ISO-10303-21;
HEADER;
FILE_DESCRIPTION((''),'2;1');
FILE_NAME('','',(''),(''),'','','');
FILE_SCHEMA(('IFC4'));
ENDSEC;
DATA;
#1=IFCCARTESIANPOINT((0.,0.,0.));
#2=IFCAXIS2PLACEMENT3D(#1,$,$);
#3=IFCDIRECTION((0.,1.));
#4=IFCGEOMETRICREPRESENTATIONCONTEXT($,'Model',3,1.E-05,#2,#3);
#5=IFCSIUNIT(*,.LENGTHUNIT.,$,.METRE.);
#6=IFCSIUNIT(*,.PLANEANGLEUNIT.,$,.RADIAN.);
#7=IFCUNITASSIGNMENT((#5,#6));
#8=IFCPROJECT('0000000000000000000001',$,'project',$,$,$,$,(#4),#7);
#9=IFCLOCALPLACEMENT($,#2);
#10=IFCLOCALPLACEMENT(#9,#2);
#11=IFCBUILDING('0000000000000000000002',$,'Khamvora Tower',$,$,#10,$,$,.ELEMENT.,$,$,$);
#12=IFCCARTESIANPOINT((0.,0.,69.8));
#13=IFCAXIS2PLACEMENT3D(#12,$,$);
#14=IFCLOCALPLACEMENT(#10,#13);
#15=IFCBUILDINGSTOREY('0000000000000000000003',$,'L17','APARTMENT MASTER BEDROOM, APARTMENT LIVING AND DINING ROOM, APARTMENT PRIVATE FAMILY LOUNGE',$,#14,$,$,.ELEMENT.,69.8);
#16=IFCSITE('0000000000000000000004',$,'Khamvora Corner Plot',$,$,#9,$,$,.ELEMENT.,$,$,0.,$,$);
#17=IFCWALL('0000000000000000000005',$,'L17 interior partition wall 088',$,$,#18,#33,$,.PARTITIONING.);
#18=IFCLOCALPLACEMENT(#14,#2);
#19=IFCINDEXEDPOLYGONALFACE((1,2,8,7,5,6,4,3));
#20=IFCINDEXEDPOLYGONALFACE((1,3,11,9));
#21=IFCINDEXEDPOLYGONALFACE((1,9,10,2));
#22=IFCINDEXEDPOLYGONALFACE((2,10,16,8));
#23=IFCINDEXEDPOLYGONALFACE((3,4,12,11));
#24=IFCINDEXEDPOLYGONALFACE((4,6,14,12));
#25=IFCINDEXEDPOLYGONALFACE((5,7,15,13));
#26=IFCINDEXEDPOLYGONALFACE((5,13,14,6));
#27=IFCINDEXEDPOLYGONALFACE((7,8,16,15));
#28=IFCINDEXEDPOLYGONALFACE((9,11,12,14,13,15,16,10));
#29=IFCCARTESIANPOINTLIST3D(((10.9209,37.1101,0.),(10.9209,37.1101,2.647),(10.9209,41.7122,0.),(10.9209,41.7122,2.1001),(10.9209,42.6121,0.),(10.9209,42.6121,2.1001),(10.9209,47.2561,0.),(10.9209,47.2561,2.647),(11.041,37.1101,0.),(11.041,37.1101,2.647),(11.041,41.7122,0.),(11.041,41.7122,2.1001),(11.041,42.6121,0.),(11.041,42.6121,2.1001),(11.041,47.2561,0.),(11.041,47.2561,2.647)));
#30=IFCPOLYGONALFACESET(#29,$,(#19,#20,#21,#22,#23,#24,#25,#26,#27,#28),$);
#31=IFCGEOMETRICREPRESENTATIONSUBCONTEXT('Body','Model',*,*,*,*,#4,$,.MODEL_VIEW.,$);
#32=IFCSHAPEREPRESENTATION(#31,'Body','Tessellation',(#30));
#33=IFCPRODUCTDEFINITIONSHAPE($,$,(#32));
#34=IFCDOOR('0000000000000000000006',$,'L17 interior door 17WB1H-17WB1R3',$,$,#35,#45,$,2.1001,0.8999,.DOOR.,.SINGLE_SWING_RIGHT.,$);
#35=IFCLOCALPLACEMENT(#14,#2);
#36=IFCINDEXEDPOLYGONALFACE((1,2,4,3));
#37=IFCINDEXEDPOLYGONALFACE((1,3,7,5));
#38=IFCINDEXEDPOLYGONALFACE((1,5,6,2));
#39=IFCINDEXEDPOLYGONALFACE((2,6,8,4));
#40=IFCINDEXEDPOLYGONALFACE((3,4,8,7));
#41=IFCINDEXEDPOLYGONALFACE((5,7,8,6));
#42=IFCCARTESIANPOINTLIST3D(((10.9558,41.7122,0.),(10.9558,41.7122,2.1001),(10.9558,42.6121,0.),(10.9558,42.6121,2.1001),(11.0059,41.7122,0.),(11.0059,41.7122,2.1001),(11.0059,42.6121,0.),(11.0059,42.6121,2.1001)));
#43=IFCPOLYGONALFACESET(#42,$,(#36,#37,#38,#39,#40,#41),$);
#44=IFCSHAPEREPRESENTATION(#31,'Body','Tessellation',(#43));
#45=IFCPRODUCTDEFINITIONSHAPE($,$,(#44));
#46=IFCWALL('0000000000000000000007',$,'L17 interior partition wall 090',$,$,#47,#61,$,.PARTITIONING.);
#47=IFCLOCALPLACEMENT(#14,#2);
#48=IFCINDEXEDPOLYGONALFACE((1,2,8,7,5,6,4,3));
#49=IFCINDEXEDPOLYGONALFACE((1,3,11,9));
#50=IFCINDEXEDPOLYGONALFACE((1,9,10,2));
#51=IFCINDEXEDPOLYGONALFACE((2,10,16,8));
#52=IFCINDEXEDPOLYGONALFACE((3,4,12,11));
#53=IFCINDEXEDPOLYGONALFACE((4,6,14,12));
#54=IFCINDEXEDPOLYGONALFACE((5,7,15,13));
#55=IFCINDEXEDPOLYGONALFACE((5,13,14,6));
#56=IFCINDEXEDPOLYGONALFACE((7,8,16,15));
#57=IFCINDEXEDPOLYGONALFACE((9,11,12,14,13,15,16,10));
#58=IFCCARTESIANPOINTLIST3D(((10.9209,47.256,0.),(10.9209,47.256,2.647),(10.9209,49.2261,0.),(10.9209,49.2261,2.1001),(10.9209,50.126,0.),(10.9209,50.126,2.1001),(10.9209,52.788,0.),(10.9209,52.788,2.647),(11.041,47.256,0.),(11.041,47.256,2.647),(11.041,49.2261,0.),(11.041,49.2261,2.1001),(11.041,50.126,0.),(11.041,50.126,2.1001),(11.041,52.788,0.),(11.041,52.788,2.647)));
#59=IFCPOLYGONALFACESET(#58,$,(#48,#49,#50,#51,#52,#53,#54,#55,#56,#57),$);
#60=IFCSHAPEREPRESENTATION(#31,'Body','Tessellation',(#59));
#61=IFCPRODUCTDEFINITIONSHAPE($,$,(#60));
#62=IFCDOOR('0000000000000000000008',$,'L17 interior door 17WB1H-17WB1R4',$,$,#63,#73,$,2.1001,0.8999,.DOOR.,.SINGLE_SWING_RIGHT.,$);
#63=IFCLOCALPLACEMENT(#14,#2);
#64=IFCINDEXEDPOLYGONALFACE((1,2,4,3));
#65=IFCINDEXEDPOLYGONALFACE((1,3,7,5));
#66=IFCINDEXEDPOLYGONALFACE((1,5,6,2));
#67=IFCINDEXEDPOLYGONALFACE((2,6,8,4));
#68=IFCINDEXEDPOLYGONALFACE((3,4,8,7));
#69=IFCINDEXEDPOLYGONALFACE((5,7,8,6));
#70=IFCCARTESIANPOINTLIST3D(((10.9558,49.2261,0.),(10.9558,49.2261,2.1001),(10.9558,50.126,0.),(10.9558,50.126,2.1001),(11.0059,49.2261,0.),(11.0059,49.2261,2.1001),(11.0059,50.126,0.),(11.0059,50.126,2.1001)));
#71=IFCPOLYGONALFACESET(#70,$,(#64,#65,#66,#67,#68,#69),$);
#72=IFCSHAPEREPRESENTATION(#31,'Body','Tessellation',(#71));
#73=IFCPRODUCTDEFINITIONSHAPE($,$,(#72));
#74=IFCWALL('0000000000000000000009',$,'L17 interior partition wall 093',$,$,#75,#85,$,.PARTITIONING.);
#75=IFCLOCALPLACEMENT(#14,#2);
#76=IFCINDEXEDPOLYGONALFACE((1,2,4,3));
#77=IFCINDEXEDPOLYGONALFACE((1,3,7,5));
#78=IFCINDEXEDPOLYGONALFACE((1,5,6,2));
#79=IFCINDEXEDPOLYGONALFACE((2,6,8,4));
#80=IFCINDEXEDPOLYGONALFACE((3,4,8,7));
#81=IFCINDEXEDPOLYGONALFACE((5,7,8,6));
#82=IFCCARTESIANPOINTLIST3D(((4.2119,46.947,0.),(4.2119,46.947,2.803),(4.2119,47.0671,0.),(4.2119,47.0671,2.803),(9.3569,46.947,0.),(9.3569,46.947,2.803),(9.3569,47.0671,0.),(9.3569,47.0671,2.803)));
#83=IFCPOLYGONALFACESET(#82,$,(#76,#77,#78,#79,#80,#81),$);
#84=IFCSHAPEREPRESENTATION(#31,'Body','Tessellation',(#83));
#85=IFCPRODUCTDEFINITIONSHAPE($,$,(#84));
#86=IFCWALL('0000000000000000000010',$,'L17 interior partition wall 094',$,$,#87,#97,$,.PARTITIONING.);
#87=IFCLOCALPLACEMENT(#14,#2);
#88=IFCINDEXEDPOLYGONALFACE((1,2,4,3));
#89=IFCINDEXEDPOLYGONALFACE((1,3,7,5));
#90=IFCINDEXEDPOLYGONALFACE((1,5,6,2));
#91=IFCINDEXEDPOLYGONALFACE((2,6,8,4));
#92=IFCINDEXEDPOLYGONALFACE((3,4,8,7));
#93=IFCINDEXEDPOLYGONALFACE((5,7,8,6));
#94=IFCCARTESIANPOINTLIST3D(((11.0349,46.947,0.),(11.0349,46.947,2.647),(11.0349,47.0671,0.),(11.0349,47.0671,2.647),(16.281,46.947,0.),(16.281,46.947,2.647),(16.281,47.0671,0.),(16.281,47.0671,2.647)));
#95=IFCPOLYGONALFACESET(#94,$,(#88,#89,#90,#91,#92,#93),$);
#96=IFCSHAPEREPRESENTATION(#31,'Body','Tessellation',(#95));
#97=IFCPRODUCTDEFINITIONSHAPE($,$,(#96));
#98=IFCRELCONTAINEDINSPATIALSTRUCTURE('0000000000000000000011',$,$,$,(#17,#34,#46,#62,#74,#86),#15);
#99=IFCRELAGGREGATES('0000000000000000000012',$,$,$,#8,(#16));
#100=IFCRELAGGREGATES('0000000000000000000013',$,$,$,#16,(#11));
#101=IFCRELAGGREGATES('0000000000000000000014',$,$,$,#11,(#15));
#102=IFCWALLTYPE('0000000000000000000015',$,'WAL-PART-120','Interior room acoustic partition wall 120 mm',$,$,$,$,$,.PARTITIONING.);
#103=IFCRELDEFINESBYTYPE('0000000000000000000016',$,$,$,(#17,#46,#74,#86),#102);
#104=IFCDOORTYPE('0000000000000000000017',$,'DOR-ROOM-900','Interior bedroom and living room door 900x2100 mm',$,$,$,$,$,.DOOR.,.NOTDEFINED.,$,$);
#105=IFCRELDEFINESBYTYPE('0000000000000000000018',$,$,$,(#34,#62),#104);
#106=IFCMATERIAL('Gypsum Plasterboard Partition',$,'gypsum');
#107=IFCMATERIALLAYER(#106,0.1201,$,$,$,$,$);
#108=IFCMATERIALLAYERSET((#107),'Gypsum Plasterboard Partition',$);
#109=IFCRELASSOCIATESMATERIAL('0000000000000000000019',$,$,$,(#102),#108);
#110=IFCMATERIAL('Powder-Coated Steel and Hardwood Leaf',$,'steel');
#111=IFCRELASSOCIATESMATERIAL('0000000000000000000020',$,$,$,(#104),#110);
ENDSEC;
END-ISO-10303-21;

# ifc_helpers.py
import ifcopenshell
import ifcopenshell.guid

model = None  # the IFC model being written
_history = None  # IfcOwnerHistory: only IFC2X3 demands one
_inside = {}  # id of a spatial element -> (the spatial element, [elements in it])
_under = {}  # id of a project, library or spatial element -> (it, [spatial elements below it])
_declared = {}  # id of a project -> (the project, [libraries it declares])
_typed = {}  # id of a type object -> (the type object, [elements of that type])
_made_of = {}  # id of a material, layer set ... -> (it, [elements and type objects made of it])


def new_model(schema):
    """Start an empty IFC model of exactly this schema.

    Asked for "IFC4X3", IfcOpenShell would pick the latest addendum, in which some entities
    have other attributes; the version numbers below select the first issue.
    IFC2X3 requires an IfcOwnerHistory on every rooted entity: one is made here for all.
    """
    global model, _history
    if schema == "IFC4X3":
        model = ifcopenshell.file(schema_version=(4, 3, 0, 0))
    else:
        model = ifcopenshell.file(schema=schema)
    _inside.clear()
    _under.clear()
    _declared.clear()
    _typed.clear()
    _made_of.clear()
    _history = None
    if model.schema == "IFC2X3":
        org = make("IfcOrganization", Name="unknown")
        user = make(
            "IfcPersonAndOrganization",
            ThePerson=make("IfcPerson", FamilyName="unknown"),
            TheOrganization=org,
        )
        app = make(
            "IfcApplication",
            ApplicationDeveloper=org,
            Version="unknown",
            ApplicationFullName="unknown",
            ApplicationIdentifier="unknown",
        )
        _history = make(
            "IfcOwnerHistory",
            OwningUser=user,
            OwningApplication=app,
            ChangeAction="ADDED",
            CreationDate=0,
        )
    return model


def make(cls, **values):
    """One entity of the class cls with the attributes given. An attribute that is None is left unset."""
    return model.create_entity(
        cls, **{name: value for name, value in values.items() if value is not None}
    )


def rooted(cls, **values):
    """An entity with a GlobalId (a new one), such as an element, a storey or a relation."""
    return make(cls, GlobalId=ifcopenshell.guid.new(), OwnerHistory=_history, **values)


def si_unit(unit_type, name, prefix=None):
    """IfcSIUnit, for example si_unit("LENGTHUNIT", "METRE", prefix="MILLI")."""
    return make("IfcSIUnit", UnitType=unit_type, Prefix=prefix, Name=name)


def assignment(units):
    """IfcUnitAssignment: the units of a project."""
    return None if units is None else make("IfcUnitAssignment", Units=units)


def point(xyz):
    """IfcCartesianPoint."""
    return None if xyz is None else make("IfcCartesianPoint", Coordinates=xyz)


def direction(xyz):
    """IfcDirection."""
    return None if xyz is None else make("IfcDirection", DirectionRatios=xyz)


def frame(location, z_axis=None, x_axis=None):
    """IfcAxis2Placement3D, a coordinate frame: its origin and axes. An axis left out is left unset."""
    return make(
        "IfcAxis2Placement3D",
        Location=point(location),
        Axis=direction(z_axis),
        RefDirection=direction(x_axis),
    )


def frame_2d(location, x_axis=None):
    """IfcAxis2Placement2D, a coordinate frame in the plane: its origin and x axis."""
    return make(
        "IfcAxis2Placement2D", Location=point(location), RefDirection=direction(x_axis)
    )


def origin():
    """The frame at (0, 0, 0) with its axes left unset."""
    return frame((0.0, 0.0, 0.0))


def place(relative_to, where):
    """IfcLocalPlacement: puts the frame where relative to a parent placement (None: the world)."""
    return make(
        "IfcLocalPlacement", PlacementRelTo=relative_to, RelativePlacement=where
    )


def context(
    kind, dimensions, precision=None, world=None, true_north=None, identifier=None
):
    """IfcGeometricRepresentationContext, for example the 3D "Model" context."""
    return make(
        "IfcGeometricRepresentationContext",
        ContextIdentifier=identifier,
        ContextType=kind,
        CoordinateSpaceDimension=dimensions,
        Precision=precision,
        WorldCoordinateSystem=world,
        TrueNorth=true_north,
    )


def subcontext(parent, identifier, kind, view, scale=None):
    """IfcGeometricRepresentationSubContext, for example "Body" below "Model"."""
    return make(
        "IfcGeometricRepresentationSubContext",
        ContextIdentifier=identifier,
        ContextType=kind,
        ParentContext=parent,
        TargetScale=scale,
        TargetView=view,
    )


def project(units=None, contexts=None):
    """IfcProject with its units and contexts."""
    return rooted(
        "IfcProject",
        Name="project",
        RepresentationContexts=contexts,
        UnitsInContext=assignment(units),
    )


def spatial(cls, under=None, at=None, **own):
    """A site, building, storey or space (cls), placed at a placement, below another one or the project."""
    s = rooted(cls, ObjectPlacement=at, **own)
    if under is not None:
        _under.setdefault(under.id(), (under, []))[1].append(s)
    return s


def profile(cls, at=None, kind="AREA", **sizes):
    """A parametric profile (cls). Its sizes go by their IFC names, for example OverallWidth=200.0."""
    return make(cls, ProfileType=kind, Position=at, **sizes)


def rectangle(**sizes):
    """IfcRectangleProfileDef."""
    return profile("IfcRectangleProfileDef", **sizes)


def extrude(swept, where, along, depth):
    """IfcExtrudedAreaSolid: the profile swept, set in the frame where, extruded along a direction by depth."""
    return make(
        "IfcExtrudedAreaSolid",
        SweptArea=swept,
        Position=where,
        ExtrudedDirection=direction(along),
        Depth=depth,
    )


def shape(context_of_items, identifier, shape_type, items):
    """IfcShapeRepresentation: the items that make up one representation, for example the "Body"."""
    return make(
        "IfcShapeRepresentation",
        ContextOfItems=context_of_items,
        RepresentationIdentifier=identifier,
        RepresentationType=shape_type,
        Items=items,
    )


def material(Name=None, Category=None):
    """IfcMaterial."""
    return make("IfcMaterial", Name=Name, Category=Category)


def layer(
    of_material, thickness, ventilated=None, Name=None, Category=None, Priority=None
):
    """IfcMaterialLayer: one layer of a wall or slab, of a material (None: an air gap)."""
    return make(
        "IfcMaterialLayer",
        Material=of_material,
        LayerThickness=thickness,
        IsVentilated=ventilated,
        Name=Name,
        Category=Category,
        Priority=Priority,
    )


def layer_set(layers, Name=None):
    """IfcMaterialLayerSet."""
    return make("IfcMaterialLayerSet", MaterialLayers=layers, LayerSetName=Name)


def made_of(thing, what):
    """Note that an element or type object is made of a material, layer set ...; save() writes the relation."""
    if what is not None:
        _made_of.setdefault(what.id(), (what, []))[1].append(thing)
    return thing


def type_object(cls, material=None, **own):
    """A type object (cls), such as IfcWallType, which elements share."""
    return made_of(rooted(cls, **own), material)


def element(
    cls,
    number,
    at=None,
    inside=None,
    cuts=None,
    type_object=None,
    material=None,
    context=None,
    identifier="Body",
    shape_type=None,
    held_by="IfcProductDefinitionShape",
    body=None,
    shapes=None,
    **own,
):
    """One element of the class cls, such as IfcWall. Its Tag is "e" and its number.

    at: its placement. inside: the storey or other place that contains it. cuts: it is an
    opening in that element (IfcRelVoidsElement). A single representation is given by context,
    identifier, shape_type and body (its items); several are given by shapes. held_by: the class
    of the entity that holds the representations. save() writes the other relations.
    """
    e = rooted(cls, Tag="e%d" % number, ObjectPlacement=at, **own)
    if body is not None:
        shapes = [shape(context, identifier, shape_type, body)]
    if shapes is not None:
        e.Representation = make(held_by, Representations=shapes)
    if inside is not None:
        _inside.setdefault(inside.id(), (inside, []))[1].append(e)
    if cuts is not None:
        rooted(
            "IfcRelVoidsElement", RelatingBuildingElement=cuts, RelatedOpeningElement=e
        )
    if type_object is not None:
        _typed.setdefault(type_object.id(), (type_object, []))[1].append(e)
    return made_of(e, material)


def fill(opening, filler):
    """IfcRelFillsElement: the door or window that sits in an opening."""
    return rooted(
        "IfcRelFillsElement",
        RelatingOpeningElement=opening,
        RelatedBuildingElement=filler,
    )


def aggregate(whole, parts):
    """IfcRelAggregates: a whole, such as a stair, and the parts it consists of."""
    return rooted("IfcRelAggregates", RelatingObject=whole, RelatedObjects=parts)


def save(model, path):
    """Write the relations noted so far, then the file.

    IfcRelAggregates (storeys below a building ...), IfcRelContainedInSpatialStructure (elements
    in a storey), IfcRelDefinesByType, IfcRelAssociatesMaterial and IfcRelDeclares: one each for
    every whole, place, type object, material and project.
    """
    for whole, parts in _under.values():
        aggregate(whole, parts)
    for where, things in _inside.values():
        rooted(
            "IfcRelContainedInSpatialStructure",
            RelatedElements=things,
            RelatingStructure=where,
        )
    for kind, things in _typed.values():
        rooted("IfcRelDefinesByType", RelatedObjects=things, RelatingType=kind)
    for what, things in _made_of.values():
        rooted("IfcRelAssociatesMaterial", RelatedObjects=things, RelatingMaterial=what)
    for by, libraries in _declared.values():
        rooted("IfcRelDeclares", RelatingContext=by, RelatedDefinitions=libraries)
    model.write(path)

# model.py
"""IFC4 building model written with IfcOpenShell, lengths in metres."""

from ifc_helpers import new_model, si_unit, direction, frame, frame_2d, origin, place, context, subcontext, project, spatial, rectangle, extrude, material, layer, layer_set, type_object, element, fill, save


model = new_model("IFC4")

# Units and contexts
model_context = context("Model", 3, precision=1e-05, world=origin(), true_north=direction((0.0, 1.0)))
body_context = subcontext(model_context, "Body", "Model", "MODEL_VIEW")
ifc_project = project(units=[si_unit("LENGTHUNIT", "METRE"), si_unit("PLANEANGLEUNIT", "RADIAN")], contexts=[model_context])

# Site, building, storey
site_placement = place(None, origin())
site = spatial("IfcSite", under=ifc_project, at=site_placement, Name="Khamvora Corner Plot", CompositionType="ELEMENT", RefElevation=0.0)
building_placement = place(site_placement, origin())
building = spatial("IfcBuilding", under=site, at=building_placement, Name="Khamvora Tower", CompositionType="ELEMENT")
storey_placement = place(building_placement, frame((0.0, 0.0, 69.8)))
storey = spatial("IfcBuildingStorey", under=building, at=storey_placement, Name="L17", Description="APARTMENT MASTER BEDROOM, APARTMENT LIVING AND DINING ROOM, APARTMENT PRIVATE FAMILY LOUNGE", CompositionType="ELEMENT", Elevation=69.8)

# Walls, openings, doors
ifc_material_1 = material(Name="Gypsum Plasterboard Partition", Category="gypsum")
ifc_layer_1 = layer(ifc_material_1, 0.1201)
ifc_layer_set_1 = layer_set([ifc_layer_1], Name="Gypsum Plasterboard Partition")
wall_type_1 = type_object("IfcWallType", Name="WAL-PART-120", Description="Interior room acoustic partition wall 120 mm", PredefinedType="PARTITIONING", material=ifc_layer_set_1)
ifc_material_2 = material(Name="Powder-Coated Steel and Hardwood Leaf", Category="steel")
door_type = type_object("IfcDoorType", Name="DOR-ROOM-900", Description="Interior bedroom and living room door 900x2100 mm", OperationType="NOTDEFINED", PredefinedType="DOOR", material=ifc_material_2)
wall_1_placement = place(storey_placement, frame((10.981, 47.2561, 0.0), z_axis=(0.0, 0.0, 1.0), x_axis=(0.0, -1.0, 0.0)))
wall_1 = element("IfcWall", 1, at=wall_1_placement, inside=storey, type_object=wall_type_1, Name="L17 interior partition wall 088", PredefinedType="PARTITIONING", context=body_context, shape_type="SweptSolid", body=[
    extrude(rectangle(XDim=10.146, YDim=0.1201, at=frame_2d((5.073, 0.0))), origin(), (0.0, 0.0, 1.0), 2.647),
])
opening_1_placement = place(wall_1_placement, frame((4.644, 0.0, 0.0)))
opening_1 = element("IfcOpeningElement", 2, at=opening_1_placement, cuts=wall_1, PredefinedType="OPENING", context=body_context, shape_type="SweptSolid", body=[
    extrude(rectangle(XDim=0.8999, YDim=2.1001, at=frame_2d((0.45, 1.05))), frame((0.0, 0.0701, 0.0), z_axis=(0.0, -1.0, 0.0), x_axis=(1.0, 0.0, 0.0)), (0.0, 0.0, 1.0), 0.1401),
])
door_1_placement = place(opening_1_placement, origin())
door_1 = element("IfcDoor", 3, at=door_1_placement, inside=storey, type_object=door_type, Name="L17 interior door 17WB1H-17WB1R3", OperationType="SINGLE_SWING_RIGHT", OverallHeight=2.1001, OverallWidth=0.8999, PredefinedType="DOOR", context=body_context, shape_type="SweptSolid", body=[
    extrude(rectangle(XDim=0.8999, YDim=2.1001, at=frame_2d((0.45, 1.05))), frame((0.0, 0.0249, 0.0), z_axis=(0.0, -1.0, 0.0), x_axis=(1.0, 0.0, 0.0)), (0.0, 0.0, 1.0), 0.05),
])
fill(opening_1, door_1)
wall_2_placement = place(storey_placement, frame((10.981, 52.7881, 0.0), z_axis=(0.0, 0.0, 1.0), x_axis=(0.0, -1.0, 0.0)))
wall_2 = element("IfcWall", 4, at=wall_2_placement, inside=storey, type_object=wall_type_1, Name="L17 interior partition wall 090", PredefinedType="PARTITIONING", context=body_context, shape_type="SweptSolid", body=[
    extrude(rectangle(XDim=5.532, YDim=0.1201, at=frame_2d((2.7661, 0.0))), origin(), (0.0, 0.0, 1.0), 2.647),
])
opening_2_placement = place(wall_2_placement, frame((2.6621, 0.0, 0.0)))
opening_2 = element("IfcOpeningElement", 5, at=opening_2_placement, cuts=wall_2, PredefinedType="OPENING", context=body_context, shape_type="SweptSolid", body=[
    extrude(rectangle(XDim=0.8999, YDim=2.1001, at=frame_2d((0.45, 1.05))), frame((0.0, 0.0701, 0.0), z_axis=(0.0, -1.0, 0.0), x_axis=(1.0, 0.0, 0.0)), (0.0, 0.0, 1.0), 0.1401),
])
door_2_placement = place(opening_2_placement, origin())
door_2 = element("IfcDoor", 6, at=door_2_placement, inside=storey, type_object=door_type, Name="L17 interior door 17WB1H-17WB1R4", OperationType="SINGLE_SWING_RIGHT", OverallHeight=2.1001, OverallWidth=0.8999, PredefinedType="DOOR", context=body_context, shape_type="SweptSolid", body=[
    extrude(rectangle(XDim=0.8999, YDim=2.1001, at=frame_2d((0.45, 1.05))), frame((0.0, 0.0249, 0.0), z_axis=(0.0, -1.0, 0.0), x_axis=(1.0, 0.0, 0.0)), (0.0, 0.0, 1.0), 0.05),
])
fill(opening_2, door_2)

# Walls
wall_3_placement = place(storey_placement, frame((4.2119, 47.0071, 0.0), z_axis=(0.0, 0.0, 1.0), x_axis=(1.0, 0.0, 0.0)))
element("IfcWall", 7, at=wall_3_placement, inside=storey, type_object=wall_type_1, Name="L17 interior partition wall 093", PredefinedType="PARTITIONING", context=body_context, shape_type="SweptSolid", body=[
    extrude(rectangle(XDim=5.145, YDim=0.1201, at=frame_2d((2.5725, 0.0))), origin(), (0.0, 0.0, 1.0), 2.803),
])
wall_4_placement = place(storey_placement, frame((11.0349, 47.0071, 0.0), z_axis=(0.0, 0.0, 1.0), x_axis=(1.0, 0.0, 0.0)))
element("IfcWall", 8, at=wall_4_placement, inside=storey, type_object=wall_type_1, Name="L17 interior partition wall 094", PredefinedType="PARTITIONING", context=body_context, shape_type="SweptSolid", body=[
    extrude(rectangle(XDim=5.2461, YDim=0.1201, at=frame_2d((2.623, 0.0))), origin(), (0.0, 0.0, 1.0), 2.647),
])

save(model, "model.ifc")
